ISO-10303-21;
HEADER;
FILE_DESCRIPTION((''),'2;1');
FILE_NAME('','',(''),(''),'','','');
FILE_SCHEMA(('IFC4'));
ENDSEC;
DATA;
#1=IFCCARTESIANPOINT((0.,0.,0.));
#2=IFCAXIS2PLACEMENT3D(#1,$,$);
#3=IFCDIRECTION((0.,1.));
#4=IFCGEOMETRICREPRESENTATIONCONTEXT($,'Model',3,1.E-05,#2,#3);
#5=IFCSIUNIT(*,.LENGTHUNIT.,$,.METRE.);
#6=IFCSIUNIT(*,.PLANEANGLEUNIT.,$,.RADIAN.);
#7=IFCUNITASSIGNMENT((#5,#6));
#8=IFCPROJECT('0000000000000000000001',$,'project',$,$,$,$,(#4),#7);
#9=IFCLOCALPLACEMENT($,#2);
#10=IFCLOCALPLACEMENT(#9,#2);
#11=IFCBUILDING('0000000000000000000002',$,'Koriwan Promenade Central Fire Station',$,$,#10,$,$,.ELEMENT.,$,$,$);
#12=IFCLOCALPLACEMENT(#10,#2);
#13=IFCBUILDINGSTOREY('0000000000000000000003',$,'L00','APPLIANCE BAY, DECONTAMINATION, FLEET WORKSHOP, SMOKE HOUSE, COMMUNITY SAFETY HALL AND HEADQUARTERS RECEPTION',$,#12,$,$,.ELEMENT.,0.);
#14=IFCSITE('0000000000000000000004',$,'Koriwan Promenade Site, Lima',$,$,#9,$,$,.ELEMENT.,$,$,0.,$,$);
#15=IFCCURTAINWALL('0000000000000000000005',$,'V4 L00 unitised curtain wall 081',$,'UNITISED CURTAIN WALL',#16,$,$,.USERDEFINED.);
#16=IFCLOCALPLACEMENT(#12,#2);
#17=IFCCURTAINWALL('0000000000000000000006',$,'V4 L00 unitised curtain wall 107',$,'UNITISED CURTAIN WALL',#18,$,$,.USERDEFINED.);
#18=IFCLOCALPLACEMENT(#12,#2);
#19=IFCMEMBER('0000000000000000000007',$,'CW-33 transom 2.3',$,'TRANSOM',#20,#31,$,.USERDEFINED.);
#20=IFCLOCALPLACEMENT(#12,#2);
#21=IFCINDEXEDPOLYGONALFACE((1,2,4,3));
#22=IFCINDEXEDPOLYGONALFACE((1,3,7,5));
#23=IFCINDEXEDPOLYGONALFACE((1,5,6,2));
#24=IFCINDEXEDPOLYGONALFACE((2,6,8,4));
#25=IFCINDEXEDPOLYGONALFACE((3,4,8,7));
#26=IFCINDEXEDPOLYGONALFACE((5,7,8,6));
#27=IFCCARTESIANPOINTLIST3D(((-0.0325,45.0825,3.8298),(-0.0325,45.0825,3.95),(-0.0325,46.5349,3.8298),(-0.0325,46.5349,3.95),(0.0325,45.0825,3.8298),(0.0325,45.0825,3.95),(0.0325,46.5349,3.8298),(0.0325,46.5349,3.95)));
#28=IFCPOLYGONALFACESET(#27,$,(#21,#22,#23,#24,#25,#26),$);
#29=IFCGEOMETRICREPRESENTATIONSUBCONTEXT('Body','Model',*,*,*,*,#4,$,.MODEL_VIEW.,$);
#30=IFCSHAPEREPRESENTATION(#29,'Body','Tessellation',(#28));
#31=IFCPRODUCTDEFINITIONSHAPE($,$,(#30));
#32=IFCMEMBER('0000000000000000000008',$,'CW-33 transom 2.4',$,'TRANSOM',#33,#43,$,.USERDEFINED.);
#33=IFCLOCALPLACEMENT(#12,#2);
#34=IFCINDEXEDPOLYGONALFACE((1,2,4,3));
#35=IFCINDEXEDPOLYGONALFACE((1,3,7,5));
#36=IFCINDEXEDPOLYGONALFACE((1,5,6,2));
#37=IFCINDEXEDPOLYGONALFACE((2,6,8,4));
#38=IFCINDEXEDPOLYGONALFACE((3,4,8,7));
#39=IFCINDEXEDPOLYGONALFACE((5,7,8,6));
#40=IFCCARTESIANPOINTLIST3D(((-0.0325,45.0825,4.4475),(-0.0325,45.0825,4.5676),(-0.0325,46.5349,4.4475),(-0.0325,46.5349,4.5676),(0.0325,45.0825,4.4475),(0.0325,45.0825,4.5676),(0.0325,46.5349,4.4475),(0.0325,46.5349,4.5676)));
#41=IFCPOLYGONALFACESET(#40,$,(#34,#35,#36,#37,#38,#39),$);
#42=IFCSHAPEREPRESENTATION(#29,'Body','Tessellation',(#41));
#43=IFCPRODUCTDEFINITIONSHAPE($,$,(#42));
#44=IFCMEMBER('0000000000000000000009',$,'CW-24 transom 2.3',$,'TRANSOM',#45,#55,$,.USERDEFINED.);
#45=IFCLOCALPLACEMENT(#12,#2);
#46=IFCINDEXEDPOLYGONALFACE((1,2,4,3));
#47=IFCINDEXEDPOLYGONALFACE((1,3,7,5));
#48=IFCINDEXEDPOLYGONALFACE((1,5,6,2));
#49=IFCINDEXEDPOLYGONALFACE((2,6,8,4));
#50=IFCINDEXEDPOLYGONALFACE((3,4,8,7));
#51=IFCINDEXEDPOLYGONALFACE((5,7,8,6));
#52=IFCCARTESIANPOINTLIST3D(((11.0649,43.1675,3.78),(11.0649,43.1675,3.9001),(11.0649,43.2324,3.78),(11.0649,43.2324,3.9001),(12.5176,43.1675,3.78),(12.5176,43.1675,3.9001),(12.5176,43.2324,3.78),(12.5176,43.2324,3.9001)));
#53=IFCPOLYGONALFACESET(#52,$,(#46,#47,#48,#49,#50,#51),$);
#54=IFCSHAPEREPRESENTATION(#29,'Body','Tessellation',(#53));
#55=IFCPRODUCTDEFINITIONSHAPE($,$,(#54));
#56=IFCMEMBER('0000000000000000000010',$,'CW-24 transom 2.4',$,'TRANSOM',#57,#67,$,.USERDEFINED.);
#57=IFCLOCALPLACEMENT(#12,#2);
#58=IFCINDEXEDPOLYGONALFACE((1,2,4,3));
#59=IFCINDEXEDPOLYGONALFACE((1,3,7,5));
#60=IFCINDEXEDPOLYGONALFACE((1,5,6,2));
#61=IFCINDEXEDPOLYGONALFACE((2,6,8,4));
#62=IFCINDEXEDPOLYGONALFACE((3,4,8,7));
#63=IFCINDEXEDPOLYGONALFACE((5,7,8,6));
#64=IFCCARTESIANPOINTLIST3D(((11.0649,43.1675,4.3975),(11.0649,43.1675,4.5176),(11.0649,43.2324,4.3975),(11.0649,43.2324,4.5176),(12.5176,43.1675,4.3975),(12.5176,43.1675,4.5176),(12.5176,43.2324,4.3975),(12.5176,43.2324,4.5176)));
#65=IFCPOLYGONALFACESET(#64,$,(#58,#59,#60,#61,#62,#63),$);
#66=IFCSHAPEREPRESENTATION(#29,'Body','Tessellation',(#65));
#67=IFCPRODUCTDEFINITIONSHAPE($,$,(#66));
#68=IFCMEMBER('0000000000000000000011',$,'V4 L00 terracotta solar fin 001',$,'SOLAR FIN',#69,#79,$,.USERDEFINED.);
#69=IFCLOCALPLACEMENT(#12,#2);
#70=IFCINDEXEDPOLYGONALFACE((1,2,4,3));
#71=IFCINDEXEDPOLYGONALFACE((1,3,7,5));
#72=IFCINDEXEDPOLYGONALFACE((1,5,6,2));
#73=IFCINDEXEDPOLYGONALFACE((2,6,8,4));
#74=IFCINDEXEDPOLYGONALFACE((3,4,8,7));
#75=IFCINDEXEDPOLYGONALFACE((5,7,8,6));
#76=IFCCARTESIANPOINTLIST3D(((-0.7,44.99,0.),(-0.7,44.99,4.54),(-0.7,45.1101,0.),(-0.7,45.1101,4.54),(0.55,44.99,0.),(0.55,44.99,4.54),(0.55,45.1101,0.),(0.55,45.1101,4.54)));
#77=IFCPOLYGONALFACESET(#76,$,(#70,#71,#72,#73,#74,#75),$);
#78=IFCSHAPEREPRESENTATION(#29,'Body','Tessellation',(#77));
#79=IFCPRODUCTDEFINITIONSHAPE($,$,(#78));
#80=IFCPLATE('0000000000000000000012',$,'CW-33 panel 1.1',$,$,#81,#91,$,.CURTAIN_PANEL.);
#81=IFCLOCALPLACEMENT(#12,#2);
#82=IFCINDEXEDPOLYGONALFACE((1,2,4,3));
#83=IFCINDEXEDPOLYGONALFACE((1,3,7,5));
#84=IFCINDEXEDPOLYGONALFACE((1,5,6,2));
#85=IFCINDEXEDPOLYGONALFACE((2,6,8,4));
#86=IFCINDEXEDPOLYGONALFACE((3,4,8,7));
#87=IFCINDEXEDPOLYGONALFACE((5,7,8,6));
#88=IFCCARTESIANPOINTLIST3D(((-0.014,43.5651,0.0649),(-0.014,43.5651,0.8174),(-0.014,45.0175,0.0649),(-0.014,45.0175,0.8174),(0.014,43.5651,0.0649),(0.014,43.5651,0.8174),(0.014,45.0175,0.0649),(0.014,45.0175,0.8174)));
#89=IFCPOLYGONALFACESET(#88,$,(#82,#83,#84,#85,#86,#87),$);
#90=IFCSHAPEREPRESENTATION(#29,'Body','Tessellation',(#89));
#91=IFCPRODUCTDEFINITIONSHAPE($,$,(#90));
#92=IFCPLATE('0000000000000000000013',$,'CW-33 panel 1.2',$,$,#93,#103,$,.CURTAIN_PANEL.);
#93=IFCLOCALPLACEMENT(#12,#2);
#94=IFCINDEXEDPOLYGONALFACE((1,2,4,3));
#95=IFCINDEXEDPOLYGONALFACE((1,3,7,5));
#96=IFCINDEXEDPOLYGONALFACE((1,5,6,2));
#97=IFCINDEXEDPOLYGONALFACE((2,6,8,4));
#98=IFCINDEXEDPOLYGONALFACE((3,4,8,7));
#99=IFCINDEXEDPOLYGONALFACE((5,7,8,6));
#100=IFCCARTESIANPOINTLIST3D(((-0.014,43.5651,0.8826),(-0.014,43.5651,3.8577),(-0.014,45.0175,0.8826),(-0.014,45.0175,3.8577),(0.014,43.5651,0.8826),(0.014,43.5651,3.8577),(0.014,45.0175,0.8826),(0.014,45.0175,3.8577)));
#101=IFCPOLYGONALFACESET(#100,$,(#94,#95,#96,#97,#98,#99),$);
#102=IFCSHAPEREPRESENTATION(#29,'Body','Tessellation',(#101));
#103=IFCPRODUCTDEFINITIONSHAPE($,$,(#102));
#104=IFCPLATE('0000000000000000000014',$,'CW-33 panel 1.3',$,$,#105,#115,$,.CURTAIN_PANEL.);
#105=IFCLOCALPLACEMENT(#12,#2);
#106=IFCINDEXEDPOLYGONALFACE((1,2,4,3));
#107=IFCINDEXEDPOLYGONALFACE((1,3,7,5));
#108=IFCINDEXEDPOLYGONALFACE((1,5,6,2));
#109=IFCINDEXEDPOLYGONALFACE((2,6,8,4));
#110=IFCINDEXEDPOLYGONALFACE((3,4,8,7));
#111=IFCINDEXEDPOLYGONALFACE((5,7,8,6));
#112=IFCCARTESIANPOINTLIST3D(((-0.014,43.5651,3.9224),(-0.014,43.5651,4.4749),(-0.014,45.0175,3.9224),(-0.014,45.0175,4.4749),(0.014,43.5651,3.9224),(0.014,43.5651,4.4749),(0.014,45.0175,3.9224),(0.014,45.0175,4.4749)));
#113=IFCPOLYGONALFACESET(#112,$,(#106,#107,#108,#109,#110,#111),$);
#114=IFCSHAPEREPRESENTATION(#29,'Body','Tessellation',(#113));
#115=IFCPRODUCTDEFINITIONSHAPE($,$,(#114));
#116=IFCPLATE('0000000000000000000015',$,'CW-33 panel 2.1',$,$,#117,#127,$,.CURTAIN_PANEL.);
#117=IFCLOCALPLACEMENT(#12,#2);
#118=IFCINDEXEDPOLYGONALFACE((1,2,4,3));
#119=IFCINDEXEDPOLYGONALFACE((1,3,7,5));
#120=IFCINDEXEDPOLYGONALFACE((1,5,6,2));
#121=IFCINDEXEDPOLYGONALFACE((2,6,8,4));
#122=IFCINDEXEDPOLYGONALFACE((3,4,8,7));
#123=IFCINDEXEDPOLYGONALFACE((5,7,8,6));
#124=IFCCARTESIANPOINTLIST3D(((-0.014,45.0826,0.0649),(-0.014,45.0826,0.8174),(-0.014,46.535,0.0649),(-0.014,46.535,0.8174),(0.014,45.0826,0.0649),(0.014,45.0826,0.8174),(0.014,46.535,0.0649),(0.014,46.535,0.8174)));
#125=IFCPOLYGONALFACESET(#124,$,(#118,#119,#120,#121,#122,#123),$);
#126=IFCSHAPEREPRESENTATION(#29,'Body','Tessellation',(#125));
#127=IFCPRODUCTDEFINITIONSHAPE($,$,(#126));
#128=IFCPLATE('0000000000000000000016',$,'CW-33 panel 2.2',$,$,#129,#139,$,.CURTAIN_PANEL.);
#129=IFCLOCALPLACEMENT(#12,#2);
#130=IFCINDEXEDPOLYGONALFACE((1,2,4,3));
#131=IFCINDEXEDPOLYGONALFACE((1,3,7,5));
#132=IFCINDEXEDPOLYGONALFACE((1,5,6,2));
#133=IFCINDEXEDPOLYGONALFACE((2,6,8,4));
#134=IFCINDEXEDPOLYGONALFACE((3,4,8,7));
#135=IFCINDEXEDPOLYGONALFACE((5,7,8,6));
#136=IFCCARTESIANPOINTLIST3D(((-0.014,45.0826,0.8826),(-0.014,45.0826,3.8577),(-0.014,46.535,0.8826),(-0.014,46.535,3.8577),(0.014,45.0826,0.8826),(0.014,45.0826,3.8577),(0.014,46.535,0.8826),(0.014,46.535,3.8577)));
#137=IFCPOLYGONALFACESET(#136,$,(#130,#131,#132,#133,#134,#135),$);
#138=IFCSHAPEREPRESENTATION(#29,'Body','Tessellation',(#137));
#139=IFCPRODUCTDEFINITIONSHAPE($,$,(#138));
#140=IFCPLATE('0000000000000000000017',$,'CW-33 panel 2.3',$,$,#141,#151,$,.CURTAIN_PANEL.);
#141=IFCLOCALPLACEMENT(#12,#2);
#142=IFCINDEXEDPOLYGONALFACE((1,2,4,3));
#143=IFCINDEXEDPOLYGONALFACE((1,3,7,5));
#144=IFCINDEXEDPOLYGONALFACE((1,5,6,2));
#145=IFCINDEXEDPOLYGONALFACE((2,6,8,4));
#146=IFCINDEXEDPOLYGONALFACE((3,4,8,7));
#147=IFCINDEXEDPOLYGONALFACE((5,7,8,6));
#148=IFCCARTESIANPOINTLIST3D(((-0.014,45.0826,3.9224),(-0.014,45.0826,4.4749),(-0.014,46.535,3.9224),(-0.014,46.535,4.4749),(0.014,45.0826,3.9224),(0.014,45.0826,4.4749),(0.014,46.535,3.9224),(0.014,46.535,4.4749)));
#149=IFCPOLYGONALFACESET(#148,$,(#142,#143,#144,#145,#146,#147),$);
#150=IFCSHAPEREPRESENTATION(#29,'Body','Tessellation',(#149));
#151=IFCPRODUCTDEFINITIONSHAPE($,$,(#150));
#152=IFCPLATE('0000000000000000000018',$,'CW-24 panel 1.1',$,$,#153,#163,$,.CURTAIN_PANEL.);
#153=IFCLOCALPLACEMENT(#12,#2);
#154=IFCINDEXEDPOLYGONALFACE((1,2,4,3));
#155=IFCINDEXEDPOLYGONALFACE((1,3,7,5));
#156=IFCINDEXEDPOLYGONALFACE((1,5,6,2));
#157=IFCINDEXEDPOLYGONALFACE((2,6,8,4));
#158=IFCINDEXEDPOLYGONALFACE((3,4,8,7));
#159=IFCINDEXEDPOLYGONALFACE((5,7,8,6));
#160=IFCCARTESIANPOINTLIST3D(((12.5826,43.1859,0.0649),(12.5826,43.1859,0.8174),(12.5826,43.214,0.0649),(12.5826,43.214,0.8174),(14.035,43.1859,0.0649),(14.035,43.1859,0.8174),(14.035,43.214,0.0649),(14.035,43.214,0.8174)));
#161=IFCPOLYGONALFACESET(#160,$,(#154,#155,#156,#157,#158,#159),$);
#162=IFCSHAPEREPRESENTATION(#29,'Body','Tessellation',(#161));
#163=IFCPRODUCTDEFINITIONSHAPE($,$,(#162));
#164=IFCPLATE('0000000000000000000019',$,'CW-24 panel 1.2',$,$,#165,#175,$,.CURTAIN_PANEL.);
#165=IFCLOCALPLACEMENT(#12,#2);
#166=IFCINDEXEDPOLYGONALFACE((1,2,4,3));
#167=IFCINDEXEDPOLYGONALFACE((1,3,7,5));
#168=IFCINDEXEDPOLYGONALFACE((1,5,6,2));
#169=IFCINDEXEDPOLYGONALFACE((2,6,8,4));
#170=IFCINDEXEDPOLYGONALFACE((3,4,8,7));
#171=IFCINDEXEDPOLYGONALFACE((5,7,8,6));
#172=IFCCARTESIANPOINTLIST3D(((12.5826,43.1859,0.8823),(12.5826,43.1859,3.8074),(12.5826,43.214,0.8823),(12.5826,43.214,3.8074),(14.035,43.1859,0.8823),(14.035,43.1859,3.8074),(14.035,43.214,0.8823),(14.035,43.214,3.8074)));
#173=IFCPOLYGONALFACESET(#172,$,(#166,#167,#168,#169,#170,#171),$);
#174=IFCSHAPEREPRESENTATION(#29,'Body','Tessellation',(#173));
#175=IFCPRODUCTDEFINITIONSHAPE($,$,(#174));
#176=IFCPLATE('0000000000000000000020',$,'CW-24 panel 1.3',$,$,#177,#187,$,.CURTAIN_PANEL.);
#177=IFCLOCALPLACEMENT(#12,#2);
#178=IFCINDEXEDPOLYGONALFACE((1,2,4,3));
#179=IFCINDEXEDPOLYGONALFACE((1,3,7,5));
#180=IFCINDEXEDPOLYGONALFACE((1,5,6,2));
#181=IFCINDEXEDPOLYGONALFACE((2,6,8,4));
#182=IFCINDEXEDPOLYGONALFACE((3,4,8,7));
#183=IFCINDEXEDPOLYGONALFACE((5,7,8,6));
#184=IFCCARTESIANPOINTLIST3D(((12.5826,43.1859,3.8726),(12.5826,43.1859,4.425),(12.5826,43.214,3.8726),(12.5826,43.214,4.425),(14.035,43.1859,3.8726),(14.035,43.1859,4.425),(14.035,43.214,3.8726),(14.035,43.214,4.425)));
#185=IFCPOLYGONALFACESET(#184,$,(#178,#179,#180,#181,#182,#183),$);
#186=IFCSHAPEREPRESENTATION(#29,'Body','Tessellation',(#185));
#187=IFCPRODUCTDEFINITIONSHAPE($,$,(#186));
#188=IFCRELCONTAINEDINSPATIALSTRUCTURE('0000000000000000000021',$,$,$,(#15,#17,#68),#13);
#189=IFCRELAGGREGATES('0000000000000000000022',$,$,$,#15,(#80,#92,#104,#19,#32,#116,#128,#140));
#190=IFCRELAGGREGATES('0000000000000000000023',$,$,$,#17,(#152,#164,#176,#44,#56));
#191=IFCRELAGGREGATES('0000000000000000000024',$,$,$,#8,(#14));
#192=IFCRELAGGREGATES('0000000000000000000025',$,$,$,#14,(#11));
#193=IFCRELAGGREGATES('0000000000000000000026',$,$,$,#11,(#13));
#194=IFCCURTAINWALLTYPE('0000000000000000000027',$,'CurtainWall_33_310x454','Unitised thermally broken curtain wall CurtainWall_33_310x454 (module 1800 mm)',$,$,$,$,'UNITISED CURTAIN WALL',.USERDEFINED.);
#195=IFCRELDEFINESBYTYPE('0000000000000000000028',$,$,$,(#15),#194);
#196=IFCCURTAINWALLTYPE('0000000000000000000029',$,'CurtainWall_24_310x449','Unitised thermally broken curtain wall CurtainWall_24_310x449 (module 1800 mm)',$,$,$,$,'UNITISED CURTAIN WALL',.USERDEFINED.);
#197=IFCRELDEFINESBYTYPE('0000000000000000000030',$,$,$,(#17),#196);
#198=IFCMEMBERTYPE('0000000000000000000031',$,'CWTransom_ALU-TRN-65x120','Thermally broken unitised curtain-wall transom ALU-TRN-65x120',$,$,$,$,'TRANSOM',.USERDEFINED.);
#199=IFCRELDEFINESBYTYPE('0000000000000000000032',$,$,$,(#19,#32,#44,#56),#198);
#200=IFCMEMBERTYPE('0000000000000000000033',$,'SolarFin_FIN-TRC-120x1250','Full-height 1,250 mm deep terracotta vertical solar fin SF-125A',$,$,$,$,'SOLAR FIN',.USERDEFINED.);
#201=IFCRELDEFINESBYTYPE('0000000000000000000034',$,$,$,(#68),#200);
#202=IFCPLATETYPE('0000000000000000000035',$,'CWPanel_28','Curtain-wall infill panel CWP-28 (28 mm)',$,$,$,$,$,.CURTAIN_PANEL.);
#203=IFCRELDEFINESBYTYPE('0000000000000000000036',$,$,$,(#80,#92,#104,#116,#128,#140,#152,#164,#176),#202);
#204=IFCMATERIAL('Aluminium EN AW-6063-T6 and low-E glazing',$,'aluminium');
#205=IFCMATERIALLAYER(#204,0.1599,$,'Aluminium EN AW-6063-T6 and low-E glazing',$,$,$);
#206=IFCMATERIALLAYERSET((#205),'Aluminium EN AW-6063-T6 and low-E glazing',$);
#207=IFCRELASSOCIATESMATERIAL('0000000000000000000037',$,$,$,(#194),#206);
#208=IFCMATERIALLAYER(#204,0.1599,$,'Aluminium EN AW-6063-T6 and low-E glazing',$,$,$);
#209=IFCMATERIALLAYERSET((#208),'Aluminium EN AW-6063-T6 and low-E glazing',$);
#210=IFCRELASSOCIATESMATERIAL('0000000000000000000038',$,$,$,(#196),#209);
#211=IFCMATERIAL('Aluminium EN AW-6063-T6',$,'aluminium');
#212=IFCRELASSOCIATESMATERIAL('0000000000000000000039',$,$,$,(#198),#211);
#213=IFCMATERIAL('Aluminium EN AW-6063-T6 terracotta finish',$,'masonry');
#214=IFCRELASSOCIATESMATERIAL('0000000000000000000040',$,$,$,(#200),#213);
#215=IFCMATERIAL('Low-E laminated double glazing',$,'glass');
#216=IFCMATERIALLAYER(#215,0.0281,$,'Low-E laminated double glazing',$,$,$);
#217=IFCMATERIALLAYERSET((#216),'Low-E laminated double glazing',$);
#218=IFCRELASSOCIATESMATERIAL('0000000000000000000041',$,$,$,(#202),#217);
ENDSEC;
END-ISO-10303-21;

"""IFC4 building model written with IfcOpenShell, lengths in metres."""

from ifc_helpers import new_model, si_unit, direction, frame, origin, origin_2d, place, context, subcontext, project, spatial, rectangle, extrude, material, layer, layer_set, material_profile, profile_set, type_object, element, aggregate, save


model = new_model("IFC4")

# Units and contexts
model_context = context("Model", 3, precision=1e-05, world=origin(), true_north=direction((0.0, 1.0)))
body_context = subcontext(model_context, "Body", "Model", "MODEL_VIEW")
ifc_project = project(units=[si_unit("LENGTHUNIT", "METRE"), si_unit("PLANEANGLEUNIT", "RADIAN")], contexts=[model_context])

# Site, building, storey
site_placement = place(None, origin())
site = spatial("IfcSite", under=ifc_project, at=site_placement, Name="Koriwan Promenade Site, Lima", CompositionType="ELEMENT", RefElevation=0.0)
building_placement = place(site_placement, origin())
building = spatial("IfcBuilding", under=site, at=building_placement, Name="Koriwan Promenade Central Fire Station", CompositionType="ELEMENT")
storey_placement = place(building_placement, origin())
storey = spatial("IfcBuildingStorey", under=building, at=storey_placement, Name="L00", Description="APPLIANCE BAY, DECONTAMINATION, FLEET WORKSHOP, SMOKE HOUSE, COMMUNITY SAFETY HALL AND HEADQUARTERS RECEPTION", CompositionType="ELEMENT", Elevation=0.0)

# Curtain wall
ifc_material_1 = material(Name="Aluminium EN AW-6063-T6 and low-E glazing", Category="aluminium")
ifc_layer_1 = layer(ifc_material_1, 0.1599, Name="Aluminium EN AW-6063-T6 and low-E glazing")
ifc_layer_set_1 = layer_set([ifc_layer_1], Name="Aluminium EN AW-6063-T6 and low-E glazing")
curtain_wall_type_1 = type_object("IfcCurtainWallType", Name="CurtainWall_33_310x454", Description="Unitised thermally broken curtain wall CurtainWall_33_310x454 (module 1800 mm)", ElementType="UNITISED CURTAIN WALL", PredefinedType="USERDEFINED", material=ifc_layer_set_1)
curtain_wall_1_placement = place(storey_placement, origin())
curtain_wall_1 = element("IfcCurtainWall", 1, at=curtain_wall_1_placement, inside=storey, type_object=curtain_wall_type_1, Name="V4 L00 unitised curtain wall 081", ObjectType="UNITISED CURTAIN WALL", PredefinedType="USERDEFINED")
ifc_material_2 = material(Name="Aluminium EN AW-6063-T6", Category="aluminium")

# Curtain wall
ifc_layer_2 = layer(ifc_material_1, 0.1599, Name="Aluminium EN AW-6063-T6 and low-E glazing")
ifc_layer_set_2 = layer_set([ifc_layer_2], Name="Aluminium EN AW-6063-T6 and low-E glazing")
curtain_wall_type_2 = type_object("IfcCurtainWallType", Name="CurtainWall_24_310x449", Description="Unitised thermally broken curtain wall CurtainWall_24_310x449 (module 1800 mm)", ElementType="UNITISED CURTAIN WALL", PredefinedType="USERDEFINED", material=ifc_layer_set_2)
curtain_wall_2_placement = place(storey_placement, origin())
curtain_wall_2 = element("IfcCurtainWall", 2, at=curtain_wall_2_placement, inside=storey, type_object=curtain_wall_type_2, Name="V4 L00 unitised curtain wall 107", ObjectType="UNITISED CURTAIN WALL", PredefinedType="USERDEFINED")

# Members
ifc_material_profile_1 = material_profile(ifc_material_2, rectangle(XDim=0.0649, YDim=0.1201, at=origin_2d()), Name="ALU-TRN-65x120")
ifc_profile_set_1 = profile_set([ifc_material_profile_1], Name="Aluminium EN AW-6063-T6")
member_type_1 = type_object("IfcMemberType", Name="CWTransom_ALU-TRN-65x120", Description="Thermally broken unitised curtain-wall transom ALU-TRN-65x120", ElementType="TRANSOM", PredefinedType="USERDEFINED", material=ifc_profile_set_1)
member_1_placement = place(storey_placement, frame((0.0, 45.0825, 3.8899), z_axis=(0.0, 1.0, 0.0), x_axis=(-1.0, 0.0, 0.0)))
member_1 = element("IfcMember", 3, at=member_1_placement, type_object=member_type_1, Name="CW-33 transom 2.3", ObjectType="TRANSOM", PredefinedType="USERDEFINED", context=body_context, shape_type="SweptSolid", body=[
    extrude(rectangle(XDim=0.0649, YDim=0.1201, at=origin_2d()), origin(), (0.0, 0.0, 1.0), 1.4524),
])
member_2_placement = place(storey_placement, frame((0.0, 45.0825, 4.5076), z_axis=(0.0, 1.0, 0.0), x_axis=(-1.0, 0.0, 0.0)))
member_2 = element("IfcMember", 4, at=member_2_placement, type_object=member_type_1, Name="CW-33 transom 2.4", ObjectType="TRANSOM", PredefinedType="USERDEFINED", context=body_context, shape_type="SweptSolid", body=[
    extrude(rectangle(XDim=0.0649, YDim=0.1201, at=origin_2d()), origin(), (0.0, 0.0, 1.0), 1.4524),
])
member_3_placement = place(storey_placement, frame((12.5176, 43.2, 3.8401), z_axis=(-1.0, 0.0, 0.0), x_axis=(0.0, -1.0, 0.0)))
member_3 = element("IfcMember", 5, at=member_3_placement, type_object=member_type_1, Name="CW-24 transom 2.3", ObjectType="TRANSOM", PredefinedType="USERDEFINED", context=body_context, shape_type="SweptSolid", body=[
    extrude(rectangle(XDim=0.0649, YDim=0.1201, at=origin_2d()), origin(), (0.0, 0.0, 1.0), 1.4526),
])
member_4_placement = place(storey_placement, frame((12.5176, 43.2, 4.4575), z_axis=(-1.0, 0.0, 0.0), x_axis=(0.0, -1.0, 0.0)))
member_4 = element("IfcMember", 6, at=member_4_placement, type_object=member_type_1, Name="CW-24 transom 2.4", ObjectType="TRANSOM", PredefinedType="USERDEFINED", context=body_context, shape_type="SweptSolid", body=[
    extrude(rectangle(XDim=0.0649, YDim=0.1201, at=origin_2d()), origin(), (0.0, 0.0, 1.0), 1.4526),
])
ifc_material_3 = material(Name="Aluminium EN AW-6063-T6 terracotta finish", Category="masonry")
ifc_material_profile_2 = material_profile(ifc_material_3, rectangle(XDim=0.1201, YDim=1.25, at=origin_2d()), Name="FIN-TRC-120x1250")
ifc_profile_set_2 = profile_set([ifc_material_profile_2], Name="Aluminium EN AW-6063-T6 terracotta finish")
member_type_2 = type_object("IfcMemberType", Name="SolarFin_FIN-TRC-120x1250", Description="Full-height 1,250 mm deep terracotta vertical solar fin SF-125A", ElementType="SOLAR FIN", PredefinedType="USERDEFINED", material=ifc_profile_set_2)
member_5_placement = place(storey_placement, frame((-0.075, 45.05, 0.0), z_axis=(0.0, 0.0, 1.0), x_axis=(0.0, 1.0, 0.0)))
element("IfcMember", 7, at=member_5_placement, inside=storey, type_object=member_type_2, Name="V4 L00 terracotta solar fin 001", ObjectType="SOLAR FIN", PredefinedType="USERDEFINED", context=body_context, shape_type="SweptSolid", body=[
    extrude(rectangle(XDim=0.1201, YDim=1.25, at=origin_2d()), origin(), (0.0, 0.0, 1.0), 4.54),
])

# Plates
ifc_material_4 = material(Name="Low-E laminated double glazing", Category="glass")
ifc_layer_3 = layer(ifc_material_4, 0.0281, Name="Low-E laminated double glazing")
ifc_layer_set_3 = layer_set([ifc_layer_3], Name="Low-E laminated double glazing")
plate_type = type_object("IfcPlateType", Name="CWPanel_28", Description="Curtain-wall infill panel CWP-28 (28 mm)", PredefinedType="CURTAIN_PANEL", material=ifc_layer_set_3)
plate_1_placement = place(storey_placement, frame((0.0, 44.2913, 0.0649), z_axis=(0.0, 0.0, 1.0), x_axis=(0.0, 1.0, 0.0)))
plate_1 = element("IfcPlate", 8, at=plate_1_placement, type_object=plate_type, Name="CW-33 panel 1.1", PredefinedType="CURTAIN_PANEL", context=body_context, shape_type="SweptSolid", body=[
    extrude(rectangle(XDim=1.4524, YDim=0.0281, at=origin_2d()), origin(), (0.0, 0.0, 1.0), 0.7524),
])
plate_2_placement = place(storey_placement, frame((0.0, 44.2913, 0.8826), z_axis=(0.0, 0.0, 1.0), x_axis=(0.0, 1.0, 0.0)))
plate_2 = element("IfcPlate", 9, at=plate_2_placement, type_object=plate_type, Name="CW-33 panel 1.2", PredefinedType="CURTAIN_PANEL", context=body_context, shape_type="SweptSolid", body=[
    extrude(rectangle(XDim=1.4524, YDim=0.0281, at=origin_2d()), origin(), (0.0, 0.0, 1.0), 2.9751),
])
plate_3_placement = place(storey_placement, frame((0.0, 44.2913, 3.9224), z_axis=(0.0, 0.0, 1.0), x_axis=(0.0, 1.0, 0.0)))
plate_3 = element("IfcPlate", 10, at=plate_3_placement, type_object=plate_type, Name="CW-33 panel 1.3", PredefinedType="CURTAIN_PANEL", context=body_context, shape_type="SweptSolid", body=[
    extrude(rectangle(XDim=1.4524, YDim=0.0281, at=origin_2d()), origin(), (0.0, 0.0, 1.0), 0.5525),
])
plate_4_placement = place(storey_placement, frame((0.0, 45.8088, 0.0649), z_axis=(0.0, 0.0, 1.0), x_axis=(0.0, 1.0, 0.0)))
plate_4 = element("IfcPlate", 11, at=plate_4_placement, type_object=plate_type, Name="CW-33 panel 2.1", PredefinedType="CURTAIN_PANEL", context=body_context, shape_type="SweptSolid", body=[
    extrude(rectangle(XDim=1.4524, YDim=0.0281, at=origin_2d()), origin(), (0.0, 0.0, 1.0), 0.7524),
])
plate_5_placement = place(storey_placement, frame((0.0, 45.8088, 0.8826), z_axis=(0.0, 0.0, 1.0), x_axis=(0.0, 1.0, 0.0)))
plate_5 = element("IfcPlate", 12, at=plate_5_placement, type_object=plate_type, Name="CW-33 panel 2.2", PredefinedType="CURTAIN_PANEL", context=body_context, shape_type="SweptSolid", body=[
    extrude(rectangle(XDim=1.4524, YDim=0.0281, at=origin_2d()), origin(), (0.0, 0.0, 1.0), 2.9751),
])
plate_6_placement = place(storey_placement, frame((0.0, 45.8088, 3.9224), z_axis=(0.0, 0.0, 1.0), x_axis=(0.0, 1.0, 0.0)))
plate_6 = element("IfcPlate", 13, at=plate_6_placement, type_object=plate_type, Name="CW-33 panel 2.3", PredefinedType="CURTAIN_PANEL", context=body_context, shape_type="SweptSolid", body=[
    extrude(rectangle(XDim=1.4524, YDim=0.0281, at=origin_2d()), origin(), (0.0, 0.0, 1.0), 0.5525),
])
aggregate(curtain_wall_1, [plate_1, plate_2, plate_3, member_1, member_2, plate_4, plate_5, plate_6])
plate_7_placement = place(storey_placement, frame((13.3088, 43.2, 0.0649), z_axis=(0.0, 0.0, 1.0), x_axis=(-1.0, 0.0, 0.0)))
plate_7 = element("IfcPlate", 14, at=plate_7_placement, type_object=plate_type, Name="CW-24 panel 1.1", PredefinedType="CURTAIN_PANEL", context=body_context, shape_type="SweptSolid", body=[
    extrude(rectangle(XDim=1.4524, YDim=0.0281, at=origin_2d()), origin(), (0.0, 0.0, 1.0), 0.7524),
])
plate_8_placement = place(storey_placement, frame((13.3088, 43.2, 0.8823), z_axis=(0.0, 0.0, 1.0), x_axis=(-1.0, 0.0, 0.0)))
plate_8 = element("IfcPlate", 15, at=plate_8_placement, type_object=plate_type, Name="CW-24 panel 1.2", PredefinedType="CURTAIN_PANEL", context=body_context, shape_type="SweptSolid", body=[
    extrude(rectangle(XDim=1.4524, YDim=0.0281, at=origin_2d()), origin(), (0.0, 0.0, 1.0), 2.925),
])
plate_9_placement = place(storey_placement, frame((13.3088, 43.2, 3.8726), z_axis=(0.0, 0.0, 1.0), x_axis=(-1.0, 0.0, 0.0)))
plate_9 = element("IfcPlate", 16, at=plate_9_placement, type_object=plate_type, Name="CW-24 panel 1.3", PredefinedType="CURTAIN_PANEL", context=body_context, shape_type="SweptSolid", body=[
    extrude(rectangle(XDim=1.4524, YDim=0.0281, at=origin_2d()), origin(), (0.0, 0.0, 1.0), 0.5525),
])
aggregate(curtain_wall_2, [plate_7, plate_8, plate_9, member_3, member_4])

save(model, "model.ifc")
